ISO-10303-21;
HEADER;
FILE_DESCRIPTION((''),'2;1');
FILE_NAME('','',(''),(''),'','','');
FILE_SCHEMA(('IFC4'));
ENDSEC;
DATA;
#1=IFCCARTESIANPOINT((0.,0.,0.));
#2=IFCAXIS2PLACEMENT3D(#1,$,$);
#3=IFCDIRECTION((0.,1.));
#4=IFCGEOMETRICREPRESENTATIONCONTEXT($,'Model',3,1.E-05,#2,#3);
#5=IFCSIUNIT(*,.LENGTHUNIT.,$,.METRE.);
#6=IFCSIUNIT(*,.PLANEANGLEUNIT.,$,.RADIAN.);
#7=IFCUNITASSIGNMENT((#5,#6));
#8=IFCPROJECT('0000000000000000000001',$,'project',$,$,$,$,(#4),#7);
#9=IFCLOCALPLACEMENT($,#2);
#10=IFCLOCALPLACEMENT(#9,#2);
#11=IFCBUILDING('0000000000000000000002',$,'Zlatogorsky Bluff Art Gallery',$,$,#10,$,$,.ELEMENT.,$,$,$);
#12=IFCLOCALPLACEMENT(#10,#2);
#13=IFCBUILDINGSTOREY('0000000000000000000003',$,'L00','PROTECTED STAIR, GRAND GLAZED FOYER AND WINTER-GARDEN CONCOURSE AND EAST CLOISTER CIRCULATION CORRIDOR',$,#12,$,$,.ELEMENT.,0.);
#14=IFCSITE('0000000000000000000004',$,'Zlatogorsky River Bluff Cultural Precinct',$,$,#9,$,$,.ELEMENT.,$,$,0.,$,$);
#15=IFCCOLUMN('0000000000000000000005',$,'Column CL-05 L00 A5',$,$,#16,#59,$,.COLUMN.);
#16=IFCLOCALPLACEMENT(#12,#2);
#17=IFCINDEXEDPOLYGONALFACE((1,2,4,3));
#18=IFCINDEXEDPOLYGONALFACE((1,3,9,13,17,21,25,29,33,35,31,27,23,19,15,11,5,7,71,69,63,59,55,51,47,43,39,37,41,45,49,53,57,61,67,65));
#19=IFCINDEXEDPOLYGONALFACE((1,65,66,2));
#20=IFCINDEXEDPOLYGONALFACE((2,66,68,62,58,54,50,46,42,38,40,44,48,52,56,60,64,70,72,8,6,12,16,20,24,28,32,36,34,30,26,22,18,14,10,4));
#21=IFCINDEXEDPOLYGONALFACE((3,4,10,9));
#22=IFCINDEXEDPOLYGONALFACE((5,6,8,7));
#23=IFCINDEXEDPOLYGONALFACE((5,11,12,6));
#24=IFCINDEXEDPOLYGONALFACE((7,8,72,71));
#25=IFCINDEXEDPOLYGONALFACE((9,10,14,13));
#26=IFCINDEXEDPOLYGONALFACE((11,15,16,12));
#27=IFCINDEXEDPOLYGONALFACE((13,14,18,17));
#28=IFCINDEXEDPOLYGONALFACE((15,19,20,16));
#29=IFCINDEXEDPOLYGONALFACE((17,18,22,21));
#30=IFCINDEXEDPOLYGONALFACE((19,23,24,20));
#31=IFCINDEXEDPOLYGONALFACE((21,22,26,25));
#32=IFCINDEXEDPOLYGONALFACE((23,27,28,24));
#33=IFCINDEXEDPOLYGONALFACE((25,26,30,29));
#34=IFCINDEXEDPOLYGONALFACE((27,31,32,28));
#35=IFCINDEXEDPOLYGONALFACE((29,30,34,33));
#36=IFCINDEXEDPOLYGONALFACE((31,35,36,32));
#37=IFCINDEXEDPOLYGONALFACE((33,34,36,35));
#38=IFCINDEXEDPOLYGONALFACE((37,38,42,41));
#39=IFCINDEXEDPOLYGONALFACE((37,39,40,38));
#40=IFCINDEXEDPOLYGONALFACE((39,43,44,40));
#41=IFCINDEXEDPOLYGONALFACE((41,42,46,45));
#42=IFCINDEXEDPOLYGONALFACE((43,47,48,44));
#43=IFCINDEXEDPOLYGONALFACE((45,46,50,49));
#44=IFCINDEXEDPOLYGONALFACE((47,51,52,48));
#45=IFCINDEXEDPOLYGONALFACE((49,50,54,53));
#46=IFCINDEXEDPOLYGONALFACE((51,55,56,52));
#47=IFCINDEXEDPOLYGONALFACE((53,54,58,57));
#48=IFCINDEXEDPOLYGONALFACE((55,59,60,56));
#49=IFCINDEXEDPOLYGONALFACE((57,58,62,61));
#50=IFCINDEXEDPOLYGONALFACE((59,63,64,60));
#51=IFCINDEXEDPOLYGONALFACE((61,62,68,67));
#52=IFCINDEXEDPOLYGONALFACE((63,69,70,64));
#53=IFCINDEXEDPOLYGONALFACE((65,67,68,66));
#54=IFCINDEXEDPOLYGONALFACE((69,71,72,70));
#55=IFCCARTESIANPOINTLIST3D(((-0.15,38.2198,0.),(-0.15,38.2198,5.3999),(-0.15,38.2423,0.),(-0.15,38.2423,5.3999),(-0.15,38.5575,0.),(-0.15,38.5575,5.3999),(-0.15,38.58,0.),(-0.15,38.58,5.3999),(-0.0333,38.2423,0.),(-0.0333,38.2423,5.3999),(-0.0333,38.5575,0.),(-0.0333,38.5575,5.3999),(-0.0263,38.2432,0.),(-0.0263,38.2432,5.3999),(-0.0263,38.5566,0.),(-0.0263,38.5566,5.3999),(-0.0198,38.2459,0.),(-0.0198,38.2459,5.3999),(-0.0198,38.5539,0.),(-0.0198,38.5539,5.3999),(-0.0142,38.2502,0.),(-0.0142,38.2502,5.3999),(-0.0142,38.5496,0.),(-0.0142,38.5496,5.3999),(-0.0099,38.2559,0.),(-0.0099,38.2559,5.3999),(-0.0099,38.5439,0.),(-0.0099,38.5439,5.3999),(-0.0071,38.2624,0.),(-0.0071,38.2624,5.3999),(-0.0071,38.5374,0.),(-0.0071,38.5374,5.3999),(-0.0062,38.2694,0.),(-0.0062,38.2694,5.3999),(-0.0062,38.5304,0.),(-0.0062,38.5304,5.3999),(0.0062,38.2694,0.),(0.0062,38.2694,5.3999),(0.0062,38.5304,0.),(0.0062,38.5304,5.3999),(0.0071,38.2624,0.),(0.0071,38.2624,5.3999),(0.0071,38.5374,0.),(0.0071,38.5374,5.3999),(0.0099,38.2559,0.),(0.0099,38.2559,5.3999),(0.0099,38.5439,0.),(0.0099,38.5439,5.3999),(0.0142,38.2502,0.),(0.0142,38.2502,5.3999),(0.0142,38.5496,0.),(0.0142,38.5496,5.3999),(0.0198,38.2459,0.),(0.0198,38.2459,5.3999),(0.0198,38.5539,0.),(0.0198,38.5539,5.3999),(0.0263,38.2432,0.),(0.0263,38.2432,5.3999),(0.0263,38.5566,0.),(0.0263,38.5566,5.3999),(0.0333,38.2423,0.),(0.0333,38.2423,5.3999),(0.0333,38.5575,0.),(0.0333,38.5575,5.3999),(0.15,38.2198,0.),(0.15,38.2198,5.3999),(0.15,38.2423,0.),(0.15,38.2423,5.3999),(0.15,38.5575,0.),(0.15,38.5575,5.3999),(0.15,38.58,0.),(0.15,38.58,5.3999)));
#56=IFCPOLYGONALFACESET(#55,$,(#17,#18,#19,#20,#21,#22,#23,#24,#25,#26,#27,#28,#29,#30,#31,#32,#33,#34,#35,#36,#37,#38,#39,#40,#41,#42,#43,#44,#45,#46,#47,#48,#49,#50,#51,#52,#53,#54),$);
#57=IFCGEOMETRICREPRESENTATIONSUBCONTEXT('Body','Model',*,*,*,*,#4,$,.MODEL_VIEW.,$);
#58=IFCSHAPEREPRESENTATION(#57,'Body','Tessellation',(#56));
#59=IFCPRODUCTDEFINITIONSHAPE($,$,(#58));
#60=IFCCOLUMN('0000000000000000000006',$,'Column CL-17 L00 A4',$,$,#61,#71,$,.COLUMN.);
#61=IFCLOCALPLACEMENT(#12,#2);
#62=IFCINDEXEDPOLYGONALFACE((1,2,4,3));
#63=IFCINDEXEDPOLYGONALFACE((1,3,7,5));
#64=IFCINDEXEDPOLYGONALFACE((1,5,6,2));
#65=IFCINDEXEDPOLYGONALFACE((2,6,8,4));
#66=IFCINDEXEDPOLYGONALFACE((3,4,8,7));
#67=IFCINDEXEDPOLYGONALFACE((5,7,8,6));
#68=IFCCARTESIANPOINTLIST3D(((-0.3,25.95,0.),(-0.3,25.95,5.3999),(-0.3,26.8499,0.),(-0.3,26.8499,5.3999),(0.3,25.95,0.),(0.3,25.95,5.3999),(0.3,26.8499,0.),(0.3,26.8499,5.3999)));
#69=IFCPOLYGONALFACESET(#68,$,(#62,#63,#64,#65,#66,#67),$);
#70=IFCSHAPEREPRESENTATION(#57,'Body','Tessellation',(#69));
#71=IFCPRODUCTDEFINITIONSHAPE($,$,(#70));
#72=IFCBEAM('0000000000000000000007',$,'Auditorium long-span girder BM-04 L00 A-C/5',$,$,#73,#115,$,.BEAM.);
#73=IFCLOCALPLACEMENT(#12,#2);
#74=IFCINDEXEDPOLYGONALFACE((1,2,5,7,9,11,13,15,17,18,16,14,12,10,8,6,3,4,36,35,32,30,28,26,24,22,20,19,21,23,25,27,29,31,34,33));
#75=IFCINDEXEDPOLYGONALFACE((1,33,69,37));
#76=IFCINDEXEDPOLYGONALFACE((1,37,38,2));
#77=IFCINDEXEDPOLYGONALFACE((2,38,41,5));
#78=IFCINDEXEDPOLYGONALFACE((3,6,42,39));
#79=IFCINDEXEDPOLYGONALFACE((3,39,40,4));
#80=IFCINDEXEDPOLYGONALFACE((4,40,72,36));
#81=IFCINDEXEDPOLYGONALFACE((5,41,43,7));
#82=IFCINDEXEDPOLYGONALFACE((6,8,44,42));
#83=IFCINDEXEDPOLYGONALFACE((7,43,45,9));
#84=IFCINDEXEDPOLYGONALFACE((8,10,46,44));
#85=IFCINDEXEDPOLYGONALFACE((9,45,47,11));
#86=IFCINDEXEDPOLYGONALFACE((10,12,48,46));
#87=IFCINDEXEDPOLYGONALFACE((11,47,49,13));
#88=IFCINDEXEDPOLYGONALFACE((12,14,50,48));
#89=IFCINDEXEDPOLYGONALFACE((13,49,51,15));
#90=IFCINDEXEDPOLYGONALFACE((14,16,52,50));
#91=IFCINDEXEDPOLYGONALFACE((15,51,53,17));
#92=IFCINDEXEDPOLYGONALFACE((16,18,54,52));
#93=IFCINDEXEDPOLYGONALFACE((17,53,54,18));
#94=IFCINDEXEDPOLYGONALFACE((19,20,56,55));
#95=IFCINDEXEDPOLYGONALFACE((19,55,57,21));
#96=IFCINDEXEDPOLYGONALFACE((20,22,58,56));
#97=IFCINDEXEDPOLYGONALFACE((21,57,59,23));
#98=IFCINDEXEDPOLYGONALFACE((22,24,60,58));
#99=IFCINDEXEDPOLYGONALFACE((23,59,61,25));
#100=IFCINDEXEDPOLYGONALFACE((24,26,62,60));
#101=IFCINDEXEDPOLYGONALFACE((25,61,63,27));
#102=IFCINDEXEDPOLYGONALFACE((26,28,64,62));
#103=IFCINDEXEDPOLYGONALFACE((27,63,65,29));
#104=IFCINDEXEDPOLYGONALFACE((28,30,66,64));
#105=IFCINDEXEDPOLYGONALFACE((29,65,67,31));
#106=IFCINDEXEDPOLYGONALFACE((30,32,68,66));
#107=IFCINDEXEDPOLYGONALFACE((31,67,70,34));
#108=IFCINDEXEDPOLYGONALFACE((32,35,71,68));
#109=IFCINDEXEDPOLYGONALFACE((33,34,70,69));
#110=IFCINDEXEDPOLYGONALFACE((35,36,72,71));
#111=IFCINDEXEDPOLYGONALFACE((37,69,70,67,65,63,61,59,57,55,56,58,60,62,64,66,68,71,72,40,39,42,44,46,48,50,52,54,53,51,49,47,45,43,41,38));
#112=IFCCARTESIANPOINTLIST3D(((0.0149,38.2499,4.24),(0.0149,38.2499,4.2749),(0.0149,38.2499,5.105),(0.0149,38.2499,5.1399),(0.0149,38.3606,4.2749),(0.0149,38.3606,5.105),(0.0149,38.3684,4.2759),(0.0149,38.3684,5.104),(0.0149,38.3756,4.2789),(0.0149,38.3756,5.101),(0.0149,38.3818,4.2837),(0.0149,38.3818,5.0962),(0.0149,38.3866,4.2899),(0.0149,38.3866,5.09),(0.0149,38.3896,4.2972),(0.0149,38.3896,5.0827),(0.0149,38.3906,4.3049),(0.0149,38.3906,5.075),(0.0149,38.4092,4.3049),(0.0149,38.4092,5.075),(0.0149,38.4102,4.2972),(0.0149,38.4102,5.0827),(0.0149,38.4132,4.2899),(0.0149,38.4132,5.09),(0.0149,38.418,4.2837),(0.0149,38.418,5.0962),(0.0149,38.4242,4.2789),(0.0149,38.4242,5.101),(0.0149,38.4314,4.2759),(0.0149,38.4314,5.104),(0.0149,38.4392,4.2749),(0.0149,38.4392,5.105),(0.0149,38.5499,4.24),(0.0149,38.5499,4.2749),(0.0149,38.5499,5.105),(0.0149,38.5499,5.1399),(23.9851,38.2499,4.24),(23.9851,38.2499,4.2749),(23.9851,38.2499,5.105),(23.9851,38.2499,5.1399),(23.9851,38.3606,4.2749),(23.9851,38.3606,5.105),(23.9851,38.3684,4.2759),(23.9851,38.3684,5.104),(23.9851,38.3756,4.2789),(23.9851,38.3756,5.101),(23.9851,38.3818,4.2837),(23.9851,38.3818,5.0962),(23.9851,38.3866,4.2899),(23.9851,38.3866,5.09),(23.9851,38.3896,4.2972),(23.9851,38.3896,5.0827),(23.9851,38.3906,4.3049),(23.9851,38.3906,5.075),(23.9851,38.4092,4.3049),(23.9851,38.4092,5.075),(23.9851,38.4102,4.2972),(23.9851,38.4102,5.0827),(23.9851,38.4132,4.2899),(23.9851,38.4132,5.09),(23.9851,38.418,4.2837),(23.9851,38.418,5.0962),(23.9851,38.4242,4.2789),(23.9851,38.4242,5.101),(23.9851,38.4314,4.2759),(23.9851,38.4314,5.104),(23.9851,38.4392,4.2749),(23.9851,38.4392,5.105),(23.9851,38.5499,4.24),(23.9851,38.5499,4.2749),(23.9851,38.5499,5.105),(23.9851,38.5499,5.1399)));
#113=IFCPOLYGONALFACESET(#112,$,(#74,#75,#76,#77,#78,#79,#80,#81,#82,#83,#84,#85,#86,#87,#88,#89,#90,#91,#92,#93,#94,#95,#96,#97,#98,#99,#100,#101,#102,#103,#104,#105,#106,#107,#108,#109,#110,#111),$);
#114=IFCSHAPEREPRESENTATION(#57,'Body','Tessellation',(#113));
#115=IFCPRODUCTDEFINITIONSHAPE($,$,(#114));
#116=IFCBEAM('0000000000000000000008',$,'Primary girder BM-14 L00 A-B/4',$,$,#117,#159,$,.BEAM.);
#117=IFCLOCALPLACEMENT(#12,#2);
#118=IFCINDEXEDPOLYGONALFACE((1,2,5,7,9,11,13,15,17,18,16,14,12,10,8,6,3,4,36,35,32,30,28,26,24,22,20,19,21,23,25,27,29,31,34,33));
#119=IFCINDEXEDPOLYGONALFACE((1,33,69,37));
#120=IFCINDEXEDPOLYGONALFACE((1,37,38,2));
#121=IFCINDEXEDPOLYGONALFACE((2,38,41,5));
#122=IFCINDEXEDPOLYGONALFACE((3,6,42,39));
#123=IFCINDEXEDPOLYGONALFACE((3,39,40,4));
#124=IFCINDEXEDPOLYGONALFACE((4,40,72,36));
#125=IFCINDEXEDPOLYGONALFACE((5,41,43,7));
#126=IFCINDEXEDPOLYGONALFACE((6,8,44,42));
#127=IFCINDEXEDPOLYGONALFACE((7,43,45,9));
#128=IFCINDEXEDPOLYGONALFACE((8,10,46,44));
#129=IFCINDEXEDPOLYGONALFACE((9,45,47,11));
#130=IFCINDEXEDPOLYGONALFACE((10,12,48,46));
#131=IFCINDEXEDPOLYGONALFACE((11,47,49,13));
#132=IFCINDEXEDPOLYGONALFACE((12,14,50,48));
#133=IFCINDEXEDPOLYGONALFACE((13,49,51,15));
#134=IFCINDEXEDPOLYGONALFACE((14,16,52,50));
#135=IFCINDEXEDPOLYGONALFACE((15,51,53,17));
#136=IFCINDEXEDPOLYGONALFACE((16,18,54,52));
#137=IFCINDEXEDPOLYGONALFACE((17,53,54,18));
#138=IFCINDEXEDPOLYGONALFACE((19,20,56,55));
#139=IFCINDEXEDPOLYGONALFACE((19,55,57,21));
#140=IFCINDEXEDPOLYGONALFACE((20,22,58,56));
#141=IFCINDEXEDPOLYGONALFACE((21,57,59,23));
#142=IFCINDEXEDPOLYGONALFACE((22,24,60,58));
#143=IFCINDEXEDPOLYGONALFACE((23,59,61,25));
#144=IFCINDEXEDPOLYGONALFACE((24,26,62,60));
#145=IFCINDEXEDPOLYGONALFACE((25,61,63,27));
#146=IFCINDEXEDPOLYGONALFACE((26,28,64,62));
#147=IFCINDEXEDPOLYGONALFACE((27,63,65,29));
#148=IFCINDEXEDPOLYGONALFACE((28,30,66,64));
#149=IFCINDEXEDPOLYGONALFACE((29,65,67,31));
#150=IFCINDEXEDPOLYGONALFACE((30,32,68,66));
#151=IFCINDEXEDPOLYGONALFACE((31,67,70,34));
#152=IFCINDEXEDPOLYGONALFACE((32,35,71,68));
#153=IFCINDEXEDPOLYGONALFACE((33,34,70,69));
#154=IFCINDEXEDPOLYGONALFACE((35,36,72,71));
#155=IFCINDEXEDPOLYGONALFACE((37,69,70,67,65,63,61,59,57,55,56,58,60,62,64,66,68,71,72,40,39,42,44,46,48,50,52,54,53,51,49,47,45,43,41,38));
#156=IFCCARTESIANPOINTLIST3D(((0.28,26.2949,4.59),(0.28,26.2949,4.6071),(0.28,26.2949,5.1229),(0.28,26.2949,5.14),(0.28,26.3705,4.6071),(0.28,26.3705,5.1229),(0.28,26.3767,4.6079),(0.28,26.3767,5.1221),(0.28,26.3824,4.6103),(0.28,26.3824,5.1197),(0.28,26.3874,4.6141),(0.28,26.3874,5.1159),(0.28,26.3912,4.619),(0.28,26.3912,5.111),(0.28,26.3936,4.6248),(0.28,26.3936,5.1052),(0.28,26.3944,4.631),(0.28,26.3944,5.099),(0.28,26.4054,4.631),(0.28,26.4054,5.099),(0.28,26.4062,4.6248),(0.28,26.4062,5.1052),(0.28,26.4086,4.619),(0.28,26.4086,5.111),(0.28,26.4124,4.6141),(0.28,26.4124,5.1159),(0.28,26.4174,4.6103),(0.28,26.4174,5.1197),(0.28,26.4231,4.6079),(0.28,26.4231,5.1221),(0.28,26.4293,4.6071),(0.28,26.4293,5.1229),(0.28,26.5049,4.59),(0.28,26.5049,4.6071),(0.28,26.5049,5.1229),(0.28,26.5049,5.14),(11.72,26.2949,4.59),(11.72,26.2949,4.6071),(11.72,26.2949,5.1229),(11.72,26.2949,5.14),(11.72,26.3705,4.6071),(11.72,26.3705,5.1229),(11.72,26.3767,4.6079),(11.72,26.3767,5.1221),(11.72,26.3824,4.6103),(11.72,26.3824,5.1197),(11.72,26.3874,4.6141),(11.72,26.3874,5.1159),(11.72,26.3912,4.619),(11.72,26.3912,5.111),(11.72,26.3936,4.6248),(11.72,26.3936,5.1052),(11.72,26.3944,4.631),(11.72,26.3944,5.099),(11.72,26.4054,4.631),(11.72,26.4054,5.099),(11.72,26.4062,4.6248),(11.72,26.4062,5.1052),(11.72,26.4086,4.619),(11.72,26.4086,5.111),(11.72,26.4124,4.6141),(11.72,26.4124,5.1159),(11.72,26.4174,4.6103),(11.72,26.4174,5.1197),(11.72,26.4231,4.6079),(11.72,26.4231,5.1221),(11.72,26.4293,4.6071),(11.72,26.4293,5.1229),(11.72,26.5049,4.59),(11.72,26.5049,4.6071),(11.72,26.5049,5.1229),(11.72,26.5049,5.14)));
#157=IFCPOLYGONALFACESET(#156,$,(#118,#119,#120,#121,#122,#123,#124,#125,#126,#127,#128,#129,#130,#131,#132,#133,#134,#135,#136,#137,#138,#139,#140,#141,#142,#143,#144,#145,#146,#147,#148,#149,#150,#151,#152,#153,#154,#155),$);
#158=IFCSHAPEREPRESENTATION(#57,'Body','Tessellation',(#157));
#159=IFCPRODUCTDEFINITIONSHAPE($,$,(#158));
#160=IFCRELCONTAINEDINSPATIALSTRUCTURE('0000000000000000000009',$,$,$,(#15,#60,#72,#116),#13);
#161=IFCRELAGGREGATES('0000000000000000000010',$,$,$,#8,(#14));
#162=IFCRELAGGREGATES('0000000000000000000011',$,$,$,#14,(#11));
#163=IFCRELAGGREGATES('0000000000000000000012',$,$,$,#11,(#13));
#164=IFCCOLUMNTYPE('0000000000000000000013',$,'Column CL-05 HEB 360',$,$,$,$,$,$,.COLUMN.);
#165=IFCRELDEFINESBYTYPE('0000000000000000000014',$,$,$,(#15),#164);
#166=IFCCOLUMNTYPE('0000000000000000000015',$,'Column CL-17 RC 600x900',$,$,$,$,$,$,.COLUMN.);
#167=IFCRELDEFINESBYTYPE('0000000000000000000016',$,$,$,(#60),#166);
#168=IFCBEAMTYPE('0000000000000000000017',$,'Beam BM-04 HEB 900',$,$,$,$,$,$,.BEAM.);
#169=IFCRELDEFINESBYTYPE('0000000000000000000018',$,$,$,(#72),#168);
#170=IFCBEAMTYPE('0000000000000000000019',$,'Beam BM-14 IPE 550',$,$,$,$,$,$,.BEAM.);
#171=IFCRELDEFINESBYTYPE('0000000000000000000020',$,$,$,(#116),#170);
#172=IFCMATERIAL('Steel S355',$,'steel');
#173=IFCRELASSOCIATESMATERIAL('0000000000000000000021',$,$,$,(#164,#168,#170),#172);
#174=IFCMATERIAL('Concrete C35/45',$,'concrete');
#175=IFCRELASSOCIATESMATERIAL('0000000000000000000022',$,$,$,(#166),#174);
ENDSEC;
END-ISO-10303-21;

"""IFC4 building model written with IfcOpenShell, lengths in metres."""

from ifc_helpers import new_model, si_unit, direction, frame, origin, origin_2d, place, context, subcontext, project, spatial, rectangle, i_section, extrude, material, material_profile, profile_set, type_object, element, save


model = new_model("IFC4")

# Units and contexts
model_context = context("Model", 3, precision=1e-05, world=origin(), true_north=direction((0.0, 1.0)))
body_context = subcontext(model_context, "Body", "Model", "MODEL_VIEW")
ifc_project = project(units=[si_unit("LENGTHUNIT", "METRE"), si_unit("PLANEANGLEUNIT", "RADIAN")], contexts=[model_context])

# Site, building, storey
site_placement = place(None, origin())
site = spatial("IfcSite", under=ifc_project, at=site_placement, Name="Zlatogorsky River Bluff Cultural Precinct", CompositionType="ELEMENT", RefElevation=0.0)
building_placement = place(site_placement, origin())
building = spatial("IfcBuilding", under=site, at=building_placement, Name="Zlatogorsky Bluff Art Gallery", CompositionType="ELEMENT")
storey_placement = place(building_placement, origin())
storey = spatial("IfcBuildingStorey", under=building, at=storey_placement, Name="L00", Description="PROTECTED STAIR, GRAND GLAZED FOYER AND WINTER-GARDEN CONCOURSE AND EAST CLOISTER CIRCULATION CORRIDOR", CompositionType="ELEMENT", Elevation=0.0)

# Columns
ifc_material_1 = material(Name="Steel S355", Category="steel")
ifc_material_profile_1 = material_profile(ifc_material_1, i_section(OverallWidth=0.3, OverallDepth=0.3601, WebThickness=0.0125, FlangeThickness=0.0225, FilletRadius=0.0271, at=origin_2d()), Name="HEB 360")
ifc_profile_set_1 = profile_set([ifc_material_profile_1], Name="Steel S355")
column_type_1 = type_object("IfcColumnType", Name="Column CL-05 HEB 360", PredefinedType="COLUMN", material=ifc_profile_set_1)
column_1_placement = place(storey_placement, frame((0.0, 38.3999, 0.0), z_axis=(0.0, 0.0, 1.0), x_axis=(1.0, 0.0, 0.0)))
element("IfcColumn", 1, at=column_1_placement, inside=storey, type_object=column_type_1, Name="Column CL-05 L00 A5", PredefinedType="COLUMN", context=body_context, shape_type="SweptSolid", body=[
    extrude(i_section(OverallWidth=0.3, OverallDepth=0.3601, WebThickness=0.0125, FlangeThickness=0.0225, FilletRadius=0.0271, at=origin_2d()), origin(), (0.0, 0.0, 1.0), 5.3999),
])
ifc_material_2 = material(Name="Concrete C35/45", Category="concrete")
ifc_material_profile_2 = material_profile(ifc_material_2, rectangle(XDim=0.6001, YDim=0.8999, at=origin_2d()), Name="RC 600x900")
ifc_profile_set_2 = profile_set([ifc_material_profile_2], Name="Concrete C35/45")
column_type_2 = type_object("IfcColumnType", Name="Column CL-17 RC 600x900", PredefinedType="COLUMN", material=ifc_profile_set_2)
column_2_placement = place(storey_placement, frame((0.0, 26.3999, 0.0), z_axis=(0.0, 0.0, 1.0), x_axis=(1.0, 0.0, 0.0)))
element("IfcColumn", 2, at=column_2_placement, inside=storey, type_object=column_type_2, Name="Column CL-17 L00 A4", PredefinedType="COLUMN", context=body_context, shape_type="SweptSolid", body=[
    extrude(rectangle(XDim=0.6001, YDim=0.8999, at=origin_2d()), origin(), (0.0, 0.0, 1.0), 5.3999),
])

# Beams
ifc_material_profile_3 = material_profile(ifc_material_1, i_section(OverallWidth=0.3, OverallDepth=0.8999, WebThickness=0.0186, FlangeThickness=0.0349, FilletRadius=0.03, at=origin_2d()), Name="HEB 900")
ifc_profile_set_3 = profile_set([ifc_material_profile_3], Name="Steel S355")
beam_type_1 = type_object("IfcBeamType", Name="Beam BM-04 HEB 900", PredefinedType="BEAM", material=ifc_profile_set_3)
beam_1_placement = place(storey_placement, frame((0.0149, 38.3999, 4.6899), z_axis=(1.0, 0.0, 0.0), x_axis=(0.0, 1.0, 0.0)))
element("IfcBeam", 3, at=beam_1_placement, inside=storey, type_object=beam_type_1, Name="Auditorium long-span girder BM-04 L00 A-C/5", PredefinedType="BEAM", context=body_context, shape_type="SweptSolid", body=[
    extrude(i_section(OverallWidth=0.3, OverallDepth=0.8999, WebThickness=0.0186, FlangeThickness=0.0349, FilletRadius=0.03, at=origin_2d()), origin(), (0.0, 0.0, 1.0), 23.9702),
])
ifc_material_profile_4 = material_profile(ifc_material_1, i_section(OverallWidth=0.21, OverallDepth=0.55, WebThickness=0.011, FlangeThickness=0.0171, FilletRadius=0.0239, at=origin_2d()), Name="IPE 550")
ifc_profile_set_4 = profile_set([ifc_material_profile_4], Name="Steel S355")
beam_type_2 = type_object("IfcBeamType", Name="Beam BM-14 IPE 550", PredefinedType="BEAM", material=ifc_profile_set_4)
beam_2_placement = place(storey_placement, frame((0.28, 26.3999, 4.865), z_axis=(1.0, 0.0, 0.0), x_axis=(0.0, 1.0, 0.0)))
element("IfcBeam", 4, at=beam_2_placement, inside=storey, type_object=beam_type_2, Name="Primary girder BM-14 L00 A-B/4", PredefinedType="BEAM", context=body_context, shape_type="SweptSolid", body=[
    extrude(i_section(OverallWidth=0.21, OverallDepth=0.55, WebThickness=0.011, FlangeThickness=0.0171, FilletRadius=0.0239, at=origin_2d()), origin(), (0.0, 0.0, 1.0), 11.4399),
])

save(model, "model.ifc")
